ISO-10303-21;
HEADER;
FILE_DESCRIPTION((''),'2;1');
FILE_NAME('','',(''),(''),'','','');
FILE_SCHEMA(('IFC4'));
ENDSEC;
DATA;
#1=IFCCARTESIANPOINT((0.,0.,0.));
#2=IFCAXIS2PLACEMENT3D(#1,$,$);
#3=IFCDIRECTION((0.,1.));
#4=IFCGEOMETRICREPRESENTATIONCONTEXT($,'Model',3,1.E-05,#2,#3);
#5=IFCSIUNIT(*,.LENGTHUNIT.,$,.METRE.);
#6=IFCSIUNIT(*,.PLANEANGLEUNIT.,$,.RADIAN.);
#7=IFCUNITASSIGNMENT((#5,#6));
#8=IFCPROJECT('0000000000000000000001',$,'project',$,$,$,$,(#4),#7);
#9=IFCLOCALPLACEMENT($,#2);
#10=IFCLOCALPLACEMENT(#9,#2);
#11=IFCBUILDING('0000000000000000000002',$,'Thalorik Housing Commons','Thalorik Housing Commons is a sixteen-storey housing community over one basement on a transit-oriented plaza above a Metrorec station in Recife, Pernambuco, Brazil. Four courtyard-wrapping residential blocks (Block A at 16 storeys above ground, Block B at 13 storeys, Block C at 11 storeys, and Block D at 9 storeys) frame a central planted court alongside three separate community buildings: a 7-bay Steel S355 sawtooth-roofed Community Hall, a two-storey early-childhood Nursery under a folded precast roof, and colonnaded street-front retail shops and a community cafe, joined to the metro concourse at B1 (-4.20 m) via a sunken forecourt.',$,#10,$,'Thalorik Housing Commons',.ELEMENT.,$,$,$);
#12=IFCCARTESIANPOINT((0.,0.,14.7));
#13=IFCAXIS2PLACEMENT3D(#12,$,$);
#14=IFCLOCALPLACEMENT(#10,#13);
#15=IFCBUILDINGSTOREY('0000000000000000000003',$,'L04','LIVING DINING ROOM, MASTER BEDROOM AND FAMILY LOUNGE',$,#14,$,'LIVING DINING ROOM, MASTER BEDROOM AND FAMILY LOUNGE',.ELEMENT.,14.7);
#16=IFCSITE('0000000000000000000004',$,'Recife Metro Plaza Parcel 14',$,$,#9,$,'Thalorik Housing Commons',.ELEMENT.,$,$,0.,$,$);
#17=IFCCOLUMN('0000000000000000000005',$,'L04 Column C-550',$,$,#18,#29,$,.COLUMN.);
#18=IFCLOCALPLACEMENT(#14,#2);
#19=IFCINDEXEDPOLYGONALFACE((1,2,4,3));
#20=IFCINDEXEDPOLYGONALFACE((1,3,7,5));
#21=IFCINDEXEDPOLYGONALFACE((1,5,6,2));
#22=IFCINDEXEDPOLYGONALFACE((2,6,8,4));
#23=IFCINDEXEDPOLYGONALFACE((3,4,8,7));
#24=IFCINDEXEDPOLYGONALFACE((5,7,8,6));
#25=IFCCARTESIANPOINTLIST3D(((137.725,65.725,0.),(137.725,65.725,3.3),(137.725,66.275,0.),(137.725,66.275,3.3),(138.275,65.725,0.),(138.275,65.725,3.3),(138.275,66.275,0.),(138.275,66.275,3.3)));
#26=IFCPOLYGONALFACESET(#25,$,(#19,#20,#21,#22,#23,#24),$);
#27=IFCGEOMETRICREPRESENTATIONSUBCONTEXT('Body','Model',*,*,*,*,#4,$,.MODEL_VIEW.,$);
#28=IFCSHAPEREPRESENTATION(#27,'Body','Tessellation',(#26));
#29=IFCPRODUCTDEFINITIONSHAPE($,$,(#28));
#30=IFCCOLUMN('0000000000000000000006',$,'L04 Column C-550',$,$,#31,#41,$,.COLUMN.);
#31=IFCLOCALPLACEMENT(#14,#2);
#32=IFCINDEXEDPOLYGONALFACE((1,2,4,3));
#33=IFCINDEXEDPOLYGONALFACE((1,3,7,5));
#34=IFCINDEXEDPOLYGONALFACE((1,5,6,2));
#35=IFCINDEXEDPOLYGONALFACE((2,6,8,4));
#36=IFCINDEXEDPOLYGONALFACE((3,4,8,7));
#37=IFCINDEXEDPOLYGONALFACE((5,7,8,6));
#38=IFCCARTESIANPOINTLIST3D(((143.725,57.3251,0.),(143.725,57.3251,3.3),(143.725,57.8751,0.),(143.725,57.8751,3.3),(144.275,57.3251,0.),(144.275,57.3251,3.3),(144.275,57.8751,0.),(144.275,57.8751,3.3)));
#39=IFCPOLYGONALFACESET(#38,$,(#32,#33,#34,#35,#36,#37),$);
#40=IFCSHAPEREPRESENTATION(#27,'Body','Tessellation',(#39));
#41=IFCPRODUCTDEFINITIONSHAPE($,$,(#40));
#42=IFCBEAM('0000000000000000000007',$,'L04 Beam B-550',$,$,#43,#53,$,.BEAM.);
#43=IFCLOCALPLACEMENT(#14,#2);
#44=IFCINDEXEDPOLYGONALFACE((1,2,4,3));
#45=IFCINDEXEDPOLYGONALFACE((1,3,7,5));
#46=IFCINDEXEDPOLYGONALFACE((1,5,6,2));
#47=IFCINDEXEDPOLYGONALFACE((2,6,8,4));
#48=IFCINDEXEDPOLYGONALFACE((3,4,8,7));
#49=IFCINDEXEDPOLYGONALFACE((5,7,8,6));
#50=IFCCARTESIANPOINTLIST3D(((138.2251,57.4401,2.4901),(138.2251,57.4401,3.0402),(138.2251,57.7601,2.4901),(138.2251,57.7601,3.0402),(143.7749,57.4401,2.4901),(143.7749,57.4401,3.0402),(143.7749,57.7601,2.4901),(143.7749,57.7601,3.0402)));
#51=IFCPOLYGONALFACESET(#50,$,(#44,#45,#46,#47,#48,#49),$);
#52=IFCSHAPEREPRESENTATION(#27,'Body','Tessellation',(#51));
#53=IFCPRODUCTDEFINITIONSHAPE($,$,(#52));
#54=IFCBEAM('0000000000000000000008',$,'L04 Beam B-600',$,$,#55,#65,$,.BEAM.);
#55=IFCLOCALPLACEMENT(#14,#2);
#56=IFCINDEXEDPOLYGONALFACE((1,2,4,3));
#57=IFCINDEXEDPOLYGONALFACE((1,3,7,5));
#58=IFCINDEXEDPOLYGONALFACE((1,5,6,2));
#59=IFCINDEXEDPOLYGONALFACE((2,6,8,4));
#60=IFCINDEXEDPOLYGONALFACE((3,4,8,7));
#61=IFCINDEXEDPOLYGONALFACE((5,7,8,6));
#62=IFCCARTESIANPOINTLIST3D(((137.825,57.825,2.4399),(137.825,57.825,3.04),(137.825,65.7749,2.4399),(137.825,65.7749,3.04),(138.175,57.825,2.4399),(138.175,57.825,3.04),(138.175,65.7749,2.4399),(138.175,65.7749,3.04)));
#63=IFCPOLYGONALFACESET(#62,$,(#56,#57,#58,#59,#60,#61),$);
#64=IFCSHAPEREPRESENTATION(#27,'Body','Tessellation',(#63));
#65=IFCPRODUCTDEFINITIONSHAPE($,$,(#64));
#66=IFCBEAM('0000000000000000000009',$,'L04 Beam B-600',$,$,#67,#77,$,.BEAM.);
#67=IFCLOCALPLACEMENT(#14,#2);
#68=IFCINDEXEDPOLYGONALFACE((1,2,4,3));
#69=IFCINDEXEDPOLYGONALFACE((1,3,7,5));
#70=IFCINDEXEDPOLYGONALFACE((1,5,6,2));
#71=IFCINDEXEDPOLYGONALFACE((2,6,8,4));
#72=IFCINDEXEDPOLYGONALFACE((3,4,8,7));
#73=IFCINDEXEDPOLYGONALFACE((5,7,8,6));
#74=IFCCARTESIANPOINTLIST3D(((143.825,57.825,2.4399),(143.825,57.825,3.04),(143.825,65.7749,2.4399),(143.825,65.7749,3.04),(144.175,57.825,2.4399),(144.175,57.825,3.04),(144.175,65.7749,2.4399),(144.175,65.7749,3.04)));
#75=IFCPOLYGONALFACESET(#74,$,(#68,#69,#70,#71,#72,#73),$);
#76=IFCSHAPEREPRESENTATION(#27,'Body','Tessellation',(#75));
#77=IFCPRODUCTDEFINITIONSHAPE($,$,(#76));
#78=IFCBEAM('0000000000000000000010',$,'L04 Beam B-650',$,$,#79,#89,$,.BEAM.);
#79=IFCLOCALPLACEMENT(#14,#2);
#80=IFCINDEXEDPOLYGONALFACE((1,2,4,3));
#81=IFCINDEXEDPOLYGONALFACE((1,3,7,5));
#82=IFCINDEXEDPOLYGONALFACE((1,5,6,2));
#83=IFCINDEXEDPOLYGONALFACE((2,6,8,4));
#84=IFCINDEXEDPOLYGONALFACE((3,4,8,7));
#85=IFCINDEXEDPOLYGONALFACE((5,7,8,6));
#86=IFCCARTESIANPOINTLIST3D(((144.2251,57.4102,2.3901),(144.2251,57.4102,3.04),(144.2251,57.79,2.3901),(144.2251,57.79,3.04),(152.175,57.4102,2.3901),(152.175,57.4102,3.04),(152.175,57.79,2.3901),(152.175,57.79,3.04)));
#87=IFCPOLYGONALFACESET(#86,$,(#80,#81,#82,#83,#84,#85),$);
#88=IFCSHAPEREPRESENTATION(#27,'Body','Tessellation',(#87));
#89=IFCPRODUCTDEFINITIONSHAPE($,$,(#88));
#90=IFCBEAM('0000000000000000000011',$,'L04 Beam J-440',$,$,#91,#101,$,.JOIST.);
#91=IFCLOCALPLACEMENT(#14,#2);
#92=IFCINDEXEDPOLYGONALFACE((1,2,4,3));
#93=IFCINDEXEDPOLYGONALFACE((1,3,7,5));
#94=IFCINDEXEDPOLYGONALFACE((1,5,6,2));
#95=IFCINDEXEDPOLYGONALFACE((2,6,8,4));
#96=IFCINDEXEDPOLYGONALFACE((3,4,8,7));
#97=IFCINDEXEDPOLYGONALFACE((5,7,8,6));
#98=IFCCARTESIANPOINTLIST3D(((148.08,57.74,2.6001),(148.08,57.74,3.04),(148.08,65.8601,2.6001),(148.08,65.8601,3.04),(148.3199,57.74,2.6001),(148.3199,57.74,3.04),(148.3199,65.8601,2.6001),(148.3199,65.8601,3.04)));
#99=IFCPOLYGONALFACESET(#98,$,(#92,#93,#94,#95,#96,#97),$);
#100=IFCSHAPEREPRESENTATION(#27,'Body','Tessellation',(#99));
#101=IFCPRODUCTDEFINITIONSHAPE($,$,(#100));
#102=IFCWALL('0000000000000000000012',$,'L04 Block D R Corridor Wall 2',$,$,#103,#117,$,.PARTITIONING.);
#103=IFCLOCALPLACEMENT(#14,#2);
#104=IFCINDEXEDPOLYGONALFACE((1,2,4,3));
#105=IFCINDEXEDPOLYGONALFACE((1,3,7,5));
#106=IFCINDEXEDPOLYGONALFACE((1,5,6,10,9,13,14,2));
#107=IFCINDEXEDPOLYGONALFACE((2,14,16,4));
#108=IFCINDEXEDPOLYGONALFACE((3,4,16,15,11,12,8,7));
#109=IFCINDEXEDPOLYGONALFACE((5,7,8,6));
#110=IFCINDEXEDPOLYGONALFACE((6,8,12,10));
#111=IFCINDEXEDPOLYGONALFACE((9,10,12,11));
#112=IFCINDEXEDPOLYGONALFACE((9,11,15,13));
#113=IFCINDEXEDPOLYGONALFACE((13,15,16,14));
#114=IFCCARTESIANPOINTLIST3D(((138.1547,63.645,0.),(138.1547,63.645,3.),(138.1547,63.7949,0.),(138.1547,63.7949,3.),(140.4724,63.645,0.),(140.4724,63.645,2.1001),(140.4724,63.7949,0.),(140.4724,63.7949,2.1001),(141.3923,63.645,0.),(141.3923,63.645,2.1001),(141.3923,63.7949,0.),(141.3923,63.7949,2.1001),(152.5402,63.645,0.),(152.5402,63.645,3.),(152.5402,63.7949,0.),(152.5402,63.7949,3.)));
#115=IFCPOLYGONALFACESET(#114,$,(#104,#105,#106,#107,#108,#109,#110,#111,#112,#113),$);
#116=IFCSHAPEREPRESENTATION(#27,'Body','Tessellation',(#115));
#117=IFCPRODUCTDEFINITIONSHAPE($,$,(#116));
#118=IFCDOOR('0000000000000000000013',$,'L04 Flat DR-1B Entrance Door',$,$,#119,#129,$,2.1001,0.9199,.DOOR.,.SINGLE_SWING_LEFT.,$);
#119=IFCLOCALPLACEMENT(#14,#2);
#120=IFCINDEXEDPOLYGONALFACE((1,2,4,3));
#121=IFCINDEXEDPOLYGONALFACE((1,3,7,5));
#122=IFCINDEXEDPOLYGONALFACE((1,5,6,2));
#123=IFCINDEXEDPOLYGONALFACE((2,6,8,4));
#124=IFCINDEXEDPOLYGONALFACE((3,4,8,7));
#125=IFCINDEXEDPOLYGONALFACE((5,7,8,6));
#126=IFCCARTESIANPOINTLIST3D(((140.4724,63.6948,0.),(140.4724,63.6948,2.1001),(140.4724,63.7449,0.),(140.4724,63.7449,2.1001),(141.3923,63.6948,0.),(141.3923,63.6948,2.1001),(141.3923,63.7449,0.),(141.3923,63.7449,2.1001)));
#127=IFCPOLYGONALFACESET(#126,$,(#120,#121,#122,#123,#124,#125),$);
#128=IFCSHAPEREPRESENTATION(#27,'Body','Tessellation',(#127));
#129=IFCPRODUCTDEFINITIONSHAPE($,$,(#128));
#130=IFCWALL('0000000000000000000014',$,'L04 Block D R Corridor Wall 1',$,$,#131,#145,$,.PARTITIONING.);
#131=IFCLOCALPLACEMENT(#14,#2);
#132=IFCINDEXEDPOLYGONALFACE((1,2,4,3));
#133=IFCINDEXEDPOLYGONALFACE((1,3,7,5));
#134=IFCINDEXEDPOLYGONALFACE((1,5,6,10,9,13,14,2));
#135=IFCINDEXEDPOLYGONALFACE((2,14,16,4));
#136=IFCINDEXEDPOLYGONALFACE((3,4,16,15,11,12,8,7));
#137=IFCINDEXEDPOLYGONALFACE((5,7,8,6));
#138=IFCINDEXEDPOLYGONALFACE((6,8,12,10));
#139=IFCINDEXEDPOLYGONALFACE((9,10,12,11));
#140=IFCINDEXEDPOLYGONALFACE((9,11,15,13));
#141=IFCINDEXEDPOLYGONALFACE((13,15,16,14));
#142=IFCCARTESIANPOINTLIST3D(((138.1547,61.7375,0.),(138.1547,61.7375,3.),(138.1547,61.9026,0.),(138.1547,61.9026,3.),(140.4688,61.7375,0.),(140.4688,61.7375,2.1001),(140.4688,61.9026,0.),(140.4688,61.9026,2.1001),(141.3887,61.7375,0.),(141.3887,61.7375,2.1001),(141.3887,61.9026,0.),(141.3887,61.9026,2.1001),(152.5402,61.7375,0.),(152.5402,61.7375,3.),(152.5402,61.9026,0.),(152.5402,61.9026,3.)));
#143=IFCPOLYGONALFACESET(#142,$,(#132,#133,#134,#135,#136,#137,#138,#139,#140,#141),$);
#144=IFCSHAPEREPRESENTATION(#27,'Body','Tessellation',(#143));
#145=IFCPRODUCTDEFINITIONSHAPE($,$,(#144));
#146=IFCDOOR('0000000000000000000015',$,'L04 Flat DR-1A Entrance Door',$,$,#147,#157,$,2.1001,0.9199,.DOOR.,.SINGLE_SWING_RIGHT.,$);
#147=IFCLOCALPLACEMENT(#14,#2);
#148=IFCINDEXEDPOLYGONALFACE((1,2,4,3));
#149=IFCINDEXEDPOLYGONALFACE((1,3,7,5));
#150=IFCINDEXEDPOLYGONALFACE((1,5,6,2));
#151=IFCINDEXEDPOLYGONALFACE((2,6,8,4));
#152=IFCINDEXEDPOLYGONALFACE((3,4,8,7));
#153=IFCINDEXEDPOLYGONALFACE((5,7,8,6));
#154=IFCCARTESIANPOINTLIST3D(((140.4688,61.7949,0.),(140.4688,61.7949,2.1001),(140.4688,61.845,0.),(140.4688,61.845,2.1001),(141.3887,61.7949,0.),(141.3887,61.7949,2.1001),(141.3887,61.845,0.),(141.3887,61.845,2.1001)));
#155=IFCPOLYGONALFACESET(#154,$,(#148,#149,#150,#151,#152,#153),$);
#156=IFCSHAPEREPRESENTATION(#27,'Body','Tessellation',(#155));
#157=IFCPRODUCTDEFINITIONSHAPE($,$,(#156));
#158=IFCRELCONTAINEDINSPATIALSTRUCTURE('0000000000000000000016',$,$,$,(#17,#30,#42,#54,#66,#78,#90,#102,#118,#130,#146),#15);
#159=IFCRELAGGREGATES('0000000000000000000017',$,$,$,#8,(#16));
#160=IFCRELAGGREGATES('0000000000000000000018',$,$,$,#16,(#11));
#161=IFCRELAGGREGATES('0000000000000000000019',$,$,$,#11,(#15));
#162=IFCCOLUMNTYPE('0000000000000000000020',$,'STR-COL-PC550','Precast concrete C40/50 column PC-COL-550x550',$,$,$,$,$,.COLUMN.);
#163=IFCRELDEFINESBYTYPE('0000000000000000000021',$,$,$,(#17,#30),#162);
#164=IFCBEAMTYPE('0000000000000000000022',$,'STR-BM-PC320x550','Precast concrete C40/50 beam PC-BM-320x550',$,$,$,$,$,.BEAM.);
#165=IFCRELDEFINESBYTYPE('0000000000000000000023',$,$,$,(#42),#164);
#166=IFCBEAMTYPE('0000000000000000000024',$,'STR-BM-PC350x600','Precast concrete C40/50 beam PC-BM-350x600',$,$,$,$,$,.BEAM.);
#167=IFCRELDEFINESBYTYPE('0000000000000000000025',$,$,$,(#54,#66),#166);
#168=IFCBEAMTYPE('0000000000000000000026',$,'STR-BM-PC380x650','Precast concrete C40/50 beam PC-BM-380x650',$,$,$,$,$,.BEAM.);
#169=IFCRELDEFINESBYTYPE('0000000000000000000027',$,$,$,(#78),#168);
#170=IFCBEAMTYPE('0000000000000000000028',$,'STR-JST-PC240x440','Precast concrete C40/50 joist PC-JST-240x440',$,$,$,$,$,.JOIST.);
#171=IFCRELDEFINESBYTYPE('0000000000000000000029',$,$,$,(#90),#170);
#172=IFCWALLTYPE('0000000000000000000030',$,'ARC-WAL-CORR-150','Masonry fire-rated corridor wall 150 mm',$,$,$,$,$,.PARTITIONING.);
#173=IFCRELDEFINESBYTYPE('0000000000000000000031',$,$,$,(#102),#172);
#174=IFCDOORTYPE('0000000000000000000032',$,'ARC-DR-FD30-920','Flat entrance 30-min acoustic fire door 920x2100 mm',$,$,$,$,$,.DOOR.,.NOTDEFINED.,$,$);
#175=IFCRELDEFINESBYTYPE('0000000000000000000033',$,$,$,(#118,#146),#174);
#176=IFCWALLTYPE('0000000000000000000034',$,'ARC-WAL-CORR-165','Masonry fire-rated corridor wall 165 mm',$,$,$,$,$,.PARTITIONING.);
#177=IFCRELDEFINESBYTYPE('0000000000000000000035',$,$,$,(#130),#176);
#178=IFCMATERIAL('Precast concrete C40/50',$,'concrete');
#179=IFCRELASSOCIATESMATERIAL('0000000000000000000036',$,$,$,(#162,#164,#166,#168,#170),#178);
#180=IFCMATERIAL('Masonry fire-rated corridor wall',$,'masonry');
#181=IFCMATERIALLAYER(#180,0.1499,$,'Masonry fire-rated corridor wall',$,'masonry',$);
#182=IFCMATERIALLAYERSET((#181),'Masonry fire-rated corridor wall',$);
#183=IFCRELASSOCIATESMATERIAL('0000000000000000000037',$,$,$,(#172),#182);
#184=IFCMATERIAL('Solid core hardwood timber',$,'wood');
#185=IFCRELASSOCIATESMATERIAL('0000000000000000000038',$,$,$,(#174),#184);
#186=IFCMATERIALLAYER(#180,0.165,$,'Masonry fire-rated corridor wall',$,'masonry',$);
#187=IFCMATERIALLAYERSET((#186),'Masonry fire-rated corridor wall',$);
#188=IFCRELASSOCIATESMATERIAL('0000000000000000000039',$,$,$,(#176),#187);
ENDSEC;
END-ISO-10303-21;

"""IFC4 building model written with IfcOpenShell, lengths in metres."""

from ifc_helpers import new_model, si_unit, direction, frame, frame_2d, origin, origin_2d, place, context, subcontext, project, spatial, rectangle, extrude, material, layer, layer_set, material_profile, profile_set, type_object, element, fill, save


model = new_model("IFC4")

# Units and contexts
model_context = context("Model", 3, precision=1e-05, world=origin(), true_north=direction((0.0, 1.0)))
body_context = subcontext(model_context, "Body", "Model", "MODEL_VIEW")
ifc_project = project(units=[si_unit("LENGTHUNIT", "METRE"), si_unit("PLANEANGLEUNIT", "RADIAN")], contexts=[model_context])

# Site, building, storey
site_placement = place(None, origin())
site = spatial("IfcSite", under=ifc_project, at=site_placement, Name="Recife Metro Plaza Parcel 14", LongName="Thalorik Housing Commons", CompositionType="ELEMENT", RefElevation=0.0)
building_placement = place(site_placement, origin())
building = spatial("IfcBuilding", under=site, at=building_placement, Name="Thalorik Housing Commons", Description="Thalorik Housing Commons is a sixteen-storey housing community over one basement on a transit-oriented plaza above a Metrorec station in Recife, Pernambuco, Brazil. Four courtyard-wrapping residential blocks (Block A at 16 storeys above ground, Block B at 13 storeys, Block C at 11 storeys, and Block D at 9 storeys) frame a central planted court alongside three separate community buildings: a 7-bay Steel S355 sawtooth-roofed Community Hall, a two-storey early-childhood Nursery under a folded precast roof, and colonnaded street-front retail shops and a community cafe, joined to the metro concourse at B1 (-4.20 m) via a sunken forecourt.", LongName="Thalorik Housing Commons", CompositionType="ELEMENT")
storey_placement = place(building_placement, frame((0.0, 0.0, 14.7)))
storey = spatial("IfcBuildingStorey", under=building, at=storey_placement, Name="L04", Description="LIVING DINING ROOM, MASTER BEDROOM AND FAMILY LOUNGE", LongName="LIVING DINING ROOM, MASTER BEDROOM AND FAMILY LOUNGE", CompositionType="ELEMENT", Elevation=14.7)

# Columns
ifc_material_1 = material(Name="Precast concrete C40/50", Category="concrete")
ifc_material_profile_1 = material_profile(ifc_material_1, rectangle(XDim=0.55, YDim=0.55, at=origin_2d()), Name="PC 550x550", Category="concrete")
ifc_profile_set_1 = profile_set([ifc_material_profile_1], Name="Precast concrete C40/50")
column_type = type_object("IfcColumnType", Name="STR-COL-PC550", Description="Precast concrete C40/50 column PC-COL-550x550", PredefinedType="COLUMN", material=ifc_profile_set_1)
for number, where, z_axis, x_axis, name in (
    (1, (138.0, 66.0, 0.0), (0.0, 0.0, 1.0), (1.0, 0.0, 0.0), "L04 Column C-550"),
    (2, (144.0, 57.6001, 0.0), (0.0, 0.0, 1.0), (1.0, 0.0, 0.0), "L04 Column C-550"),
):
    element("IfcColumn", number, at=place(storey_placement, frame(where, z_axis=z_axis, x_axis=x_axis)), inside=storey, type_object=column_type, Name=name, PredefinedType="COLUMN", context=body_context, shape_type="SweptSolid", body=[
        extrude(rectangle(XDim=0.55, YDim=0.55, at=origin_2d()), origin(), (0.0, 0.0, 1.0), 3.3),
    ])

# Beams
ifc_material_profile_2 = material_profile(ifc_material_1, rectangle(XDim=0.3201, YDim=0.55, at=origin_2d()), Name="PC 320x550", Category="concrete")
ifc_profile_set_2 = profile_set([ifc_material_profile_2], Name="Precast concrete C40/50")
beam_type_1 = type_object("IfcBeamType", Name="STR-BM-PC320x550", Description="Precast concrete C40/50 beam PC-BM-320x550", PredefinedType="BEAM", material=ifc_profile_set_2)
beam_1_placement = place(storey_placement, frame((138.2251, 57.6001, 2.7651), z_axis=(1.0, 0.0, 0.0), x_axis=(0.0, 1.0, 0.0)))
element("IfcBeam", 3, at=beam_1_placement, inside=storey, type_object=beam_type_1, Name="L04 Beam B-550", PredefinedType="BEAM", context=body_context, shape_type="SweptSolid", body=[
    extrude(rectangle(XDim=0.3201, YDim=0.55, at=origin_2d()), origin(), (0.0, 0.0, 1.0), 5.5498),
])
ifc_material_profile_3 = material_profile(ifc_material_1, rectangle(XDim=0.3501, YDim=0.6001, at=origin_2d()), Name="PC 350x600", Category="concrete")
ifc_profile_set_3 = profile_set([ifc_material_profile_3], Name="Precast concrete C40/50")
beam_type_2 = type_object("IfcBeamType", Name="STR-BM-PC350x600", Description="Precast concrete C40/50 beam PC-BM-350x600", PredefinedType="BEAM", material=ifc_profile_set_3)
for number, where, z_axis, x_axis, name in (
    (4, (138.0, 57.825, 2.74), (0.0, 1.0, 0.0), (-1.0, 0.0, 0.0), "L04 Beam B-600"),
    (5, (144.0, 57.825, 2.74), (0.0, 1.0, 0.0), (-1.0, 0.0, 0.0), "L04 Beam B-600"),
):
    element("IfcBeam", number, at=place(storey_placement, frame(where, z_axis=z_axis, x_axis=x_axis)), inside=storey, type_object=beam_type_2, Name=name, PredefinedType="BEAM", context=body_context, shape_type="SweptSolid", body=[
        extrude(rectangle(XDim=0.3501, YDim=0.6001, at=origin_2d()), origin(), (0.0, 0.0, 1.0), 7.95),
    ])
ifc_material_profile_4 = material_profile(ifc_material_1, rectangle(XDim=0.3799, YDim=0.6499, at=origin_2d()), Name="PC 380x650", Category="concrete")
ifc_profile_set_4 = profile_set([ifc_material_profile_4], Name="Precast concrete C40/50")
beam_type_3 = type_object("IfcBeamType", Name="STR-BM-PC380x650", Description="Precast concrete C40/50 beam PC-BM-380x650", PredefinedType="BEAM", material=ifc_profile_set_4)
beam_2_placement = place(storey_placement, frame((144.2251, 57.6001, 2.7151), z_axis=(1.0, 0.0, 0.0), x_axis=(0.0, 1.0, 0.0)))
element("IfcBeam", 6, at=beam_2_placement, inside=storey, type_object=beam_type_3, Name="L04 Beam B-650", PredefinedType="BEAM", context=body_context, shape_type="SweptSolid", body=[
    extrude(rectangle(XDim=0.3799, YDim=0.6499, at=origin_2d()), origin(), (0.0, 0.0, 1.0), 7.95),
])
ifc_material_profile_5 = material_profile(ifc_material_1, rectangle(XDim=0.24, YDim=0.4399, at=origin_2d()), Name="PC JST 240x440", Category="concrete")
ifc_profile_set_5 = profile_set([ifc_material_profile_5], Name="Precast concrete C40/50")
beam_type_4 = type_object("IfcBeamType", Name="STR-JST-PC240x440", Description="Precast concrete C40/50 joist PC-JST-240x440", PredefinedType="JOIST", material=ifc_profile_set_5)
beam_3_placement = place(storey_placement, frame((148.2, 57.74, 2.8201), z_axis=(0.0, 1.0, 0.0), x_axis=(-1.0, 0.0, 0.0)))
element("IfcBeam", 7, at=beam_3_placement, inside=storey, type_object=beam_type_4, Name="L04 Beam J-440", PredefinedType="JOIST", context=body_context, shape_type="SweptSolid", body=[
    extrude(rectangle(XDim=0.24, YDim=0.4399, at=origin_2d()), origin(), (0.0, 0.0, 1.0), 8.1201),
])

# Walls, openings, doors
ifc_material_2 = material(Name="Masonry fire-rated corridor wall", Category="masonry")
ifc_layer_1 = layer(ifc_material_2, 0.1499, Name="Masonry fire-rated corridor wall", Category="masonry")
ifc_layer_set_1 = layer_set([ifc_layer_1], Name="Masonry fire-rated corridor wall")
wall_type_1 = type_object("IfcWallType", Name="ARC-WAL-CORR-150", Description="Masonry fire-rated corridor wall 150 mm", PredefinedType="PARTITIONING", material=ifc_layer_set_1)
wall_1_placement = place(storey_placement, frame((138.1545, 63.72, 0.0), z_axis=(0.0, 0.0, 1.0), x_axis=(1.0, 0.0, 0.0)))
wall_1 = element("IfcWall", 8, at=wall_1_placement, inside=storey, type_object=wall_type_1, Name="L04 Block D R Corridor Wall 2", PredefinedType="PARTITIONING", context=body_context, shape_type="SweptSolid", body=[
    extrude(rectangle(XDim=14.3855, YDim=0.1499, at=frame_2d((7.1929, 0.0))), origin(), (0.0, 0.0, 1.0), 3.0),
])
opening_1_placement = place(wall_1_placement, frame((2.3179, 0.0, 0.0)))
opening_1 = element("IfcOpeningElement", 9, at=opening_1_placement, cuts=wall_1, PredefinedType="OPENING", context=body_context, shape_type="SweptSolid", body=[
    extrude(rectangle(XDim=0.9199, YDim=2.1001, at=frame_2d((0.46, 1.05))), frame((0.0, 0.085, 0.0), z_axis=(0.0, -1.0, 0.0), x_axis=(1.0, 0.0, 0.0)), (0.0, 0.0, 1.0), 0.1699),
])
ifc_material_3 = material(Name="Solid core hardwood timber", Category="wood")
door_type_1 = type_object("IfcDoorType", Name="ARC-DR-FD30-920", Description="Flat entrance 30-min acoustic fire door 920x2100 mm", OperationType="NOTDEFINED", PredefinedType="DOOR", material=ifc_material_3)
door_1_placement = place(opening_1_placement, origin())
door_1 = element("IfcDoor", 10, at=door_1_placement, inside=storey, type_object=door_type_1, Name="L04 Flat DR-1B Entrance Door", OperationType="SINGLE_SWING_LEFT", OverallHeight=2.1001, OverallWidth=0.9199, PredefinedType="DOOR", context=body_context, shape_type="SweptSolid", body=[
    extrude(rectangle(XDim=0.9199, YDim=2.1001, at=frame_2d((0.46, 1.05))), frame((0.0, 0.0249, 0.0), z_axis=(0.0, -1.0, 0.0), x_axis=(1.0, 0.0, 0.0)), (0.0, 0.0, 1.0), 0.05),
])
fill(opening_1, door_1)
ifc_layer_2 = layer(ifc_material_2, 0.165, Name="Masonry fire-rated corridor wall", Category="masonry")
ifc_layer_set_2 = layer_set([ifc_layer_2], Name="Masonry fire-rated corridor wall")
wall_type_2 = type_object("IfcWallType", Name="ARC-WAL-CORR-165", Description="Masonry fire-rated corridor wall 165 mm", PredefinedType="PARTITIONING", material=ifc_layer_set_2)
wall_2_placement = place(storey_placement, frame((138.1545, 61.8201, 0.0), z_axis=(0.0, 0.0, 1.0), x_axis=(1.0, 0.0, 0.0)))
wall_2 = element("IfcWall", 11, at=wall_2_placement, inside=storey, type_object=wall_type_2, Name="L04 Block D R Corridor Wall 1", PredefinedType="PARTITIONING", context=body_context, shape_type="SweptSolid", body=[
    extrude(rectangle(XDim=14.3855, YDim=0.165, at=frame_2d((7.1929, 0.0))), origin(), (0.0, 0.0, 1.0), 3.0),
])
opening_2_placement = place(wall_2_placement, frame((2.3142, 0.0, 0.0)))
opening_2 = element("IfcOpeningElement", 12, at=opening_2_placement, cuts=wall_2, PredefinedType="OPENING", context=body_context, shape_type="SweptSolid", body=[
    extrude(rectangle(XDim=0.9199, YDim=2.1001, at=frame_2d((0.46, 1.05))), frame((0.0, 0.0925, 0.0), z_axis=(0.0, -1.0, 0.0), x_axis=(1.0, 0.0, 0.0)), (0.0, 0.0, 1.0), 0.1851),
])
door_2_placement = place(opening_2_placement, origin())
door_2 = element("IfcDoor", 13, at=door_2_placement, inside=storey, type_object=door_type_1, Name="L04 Flat DR-1A Entrance Door", OperationType="SINGLE_SWING_RIGHT", OverallHeight=2.1001, OverallWidth=0.9199, PredefinedType="DOOR", context=body_context, shape_type="SweptSolid", body=[
    extrude(rectangle(XDim=0.9199, YDim=2.1001, at=frame_2d((0.46, 1.05))), frame((0.0, 0.0249, 0.0), z_axis=(0.0, -1.0, 0.0), x_axis=(1.0, 0.0, 0.0)), (0.0, 0.0, 1.0), 0.05),
])
fill(opening_2, door_2)

save(model, "model.ifc")
